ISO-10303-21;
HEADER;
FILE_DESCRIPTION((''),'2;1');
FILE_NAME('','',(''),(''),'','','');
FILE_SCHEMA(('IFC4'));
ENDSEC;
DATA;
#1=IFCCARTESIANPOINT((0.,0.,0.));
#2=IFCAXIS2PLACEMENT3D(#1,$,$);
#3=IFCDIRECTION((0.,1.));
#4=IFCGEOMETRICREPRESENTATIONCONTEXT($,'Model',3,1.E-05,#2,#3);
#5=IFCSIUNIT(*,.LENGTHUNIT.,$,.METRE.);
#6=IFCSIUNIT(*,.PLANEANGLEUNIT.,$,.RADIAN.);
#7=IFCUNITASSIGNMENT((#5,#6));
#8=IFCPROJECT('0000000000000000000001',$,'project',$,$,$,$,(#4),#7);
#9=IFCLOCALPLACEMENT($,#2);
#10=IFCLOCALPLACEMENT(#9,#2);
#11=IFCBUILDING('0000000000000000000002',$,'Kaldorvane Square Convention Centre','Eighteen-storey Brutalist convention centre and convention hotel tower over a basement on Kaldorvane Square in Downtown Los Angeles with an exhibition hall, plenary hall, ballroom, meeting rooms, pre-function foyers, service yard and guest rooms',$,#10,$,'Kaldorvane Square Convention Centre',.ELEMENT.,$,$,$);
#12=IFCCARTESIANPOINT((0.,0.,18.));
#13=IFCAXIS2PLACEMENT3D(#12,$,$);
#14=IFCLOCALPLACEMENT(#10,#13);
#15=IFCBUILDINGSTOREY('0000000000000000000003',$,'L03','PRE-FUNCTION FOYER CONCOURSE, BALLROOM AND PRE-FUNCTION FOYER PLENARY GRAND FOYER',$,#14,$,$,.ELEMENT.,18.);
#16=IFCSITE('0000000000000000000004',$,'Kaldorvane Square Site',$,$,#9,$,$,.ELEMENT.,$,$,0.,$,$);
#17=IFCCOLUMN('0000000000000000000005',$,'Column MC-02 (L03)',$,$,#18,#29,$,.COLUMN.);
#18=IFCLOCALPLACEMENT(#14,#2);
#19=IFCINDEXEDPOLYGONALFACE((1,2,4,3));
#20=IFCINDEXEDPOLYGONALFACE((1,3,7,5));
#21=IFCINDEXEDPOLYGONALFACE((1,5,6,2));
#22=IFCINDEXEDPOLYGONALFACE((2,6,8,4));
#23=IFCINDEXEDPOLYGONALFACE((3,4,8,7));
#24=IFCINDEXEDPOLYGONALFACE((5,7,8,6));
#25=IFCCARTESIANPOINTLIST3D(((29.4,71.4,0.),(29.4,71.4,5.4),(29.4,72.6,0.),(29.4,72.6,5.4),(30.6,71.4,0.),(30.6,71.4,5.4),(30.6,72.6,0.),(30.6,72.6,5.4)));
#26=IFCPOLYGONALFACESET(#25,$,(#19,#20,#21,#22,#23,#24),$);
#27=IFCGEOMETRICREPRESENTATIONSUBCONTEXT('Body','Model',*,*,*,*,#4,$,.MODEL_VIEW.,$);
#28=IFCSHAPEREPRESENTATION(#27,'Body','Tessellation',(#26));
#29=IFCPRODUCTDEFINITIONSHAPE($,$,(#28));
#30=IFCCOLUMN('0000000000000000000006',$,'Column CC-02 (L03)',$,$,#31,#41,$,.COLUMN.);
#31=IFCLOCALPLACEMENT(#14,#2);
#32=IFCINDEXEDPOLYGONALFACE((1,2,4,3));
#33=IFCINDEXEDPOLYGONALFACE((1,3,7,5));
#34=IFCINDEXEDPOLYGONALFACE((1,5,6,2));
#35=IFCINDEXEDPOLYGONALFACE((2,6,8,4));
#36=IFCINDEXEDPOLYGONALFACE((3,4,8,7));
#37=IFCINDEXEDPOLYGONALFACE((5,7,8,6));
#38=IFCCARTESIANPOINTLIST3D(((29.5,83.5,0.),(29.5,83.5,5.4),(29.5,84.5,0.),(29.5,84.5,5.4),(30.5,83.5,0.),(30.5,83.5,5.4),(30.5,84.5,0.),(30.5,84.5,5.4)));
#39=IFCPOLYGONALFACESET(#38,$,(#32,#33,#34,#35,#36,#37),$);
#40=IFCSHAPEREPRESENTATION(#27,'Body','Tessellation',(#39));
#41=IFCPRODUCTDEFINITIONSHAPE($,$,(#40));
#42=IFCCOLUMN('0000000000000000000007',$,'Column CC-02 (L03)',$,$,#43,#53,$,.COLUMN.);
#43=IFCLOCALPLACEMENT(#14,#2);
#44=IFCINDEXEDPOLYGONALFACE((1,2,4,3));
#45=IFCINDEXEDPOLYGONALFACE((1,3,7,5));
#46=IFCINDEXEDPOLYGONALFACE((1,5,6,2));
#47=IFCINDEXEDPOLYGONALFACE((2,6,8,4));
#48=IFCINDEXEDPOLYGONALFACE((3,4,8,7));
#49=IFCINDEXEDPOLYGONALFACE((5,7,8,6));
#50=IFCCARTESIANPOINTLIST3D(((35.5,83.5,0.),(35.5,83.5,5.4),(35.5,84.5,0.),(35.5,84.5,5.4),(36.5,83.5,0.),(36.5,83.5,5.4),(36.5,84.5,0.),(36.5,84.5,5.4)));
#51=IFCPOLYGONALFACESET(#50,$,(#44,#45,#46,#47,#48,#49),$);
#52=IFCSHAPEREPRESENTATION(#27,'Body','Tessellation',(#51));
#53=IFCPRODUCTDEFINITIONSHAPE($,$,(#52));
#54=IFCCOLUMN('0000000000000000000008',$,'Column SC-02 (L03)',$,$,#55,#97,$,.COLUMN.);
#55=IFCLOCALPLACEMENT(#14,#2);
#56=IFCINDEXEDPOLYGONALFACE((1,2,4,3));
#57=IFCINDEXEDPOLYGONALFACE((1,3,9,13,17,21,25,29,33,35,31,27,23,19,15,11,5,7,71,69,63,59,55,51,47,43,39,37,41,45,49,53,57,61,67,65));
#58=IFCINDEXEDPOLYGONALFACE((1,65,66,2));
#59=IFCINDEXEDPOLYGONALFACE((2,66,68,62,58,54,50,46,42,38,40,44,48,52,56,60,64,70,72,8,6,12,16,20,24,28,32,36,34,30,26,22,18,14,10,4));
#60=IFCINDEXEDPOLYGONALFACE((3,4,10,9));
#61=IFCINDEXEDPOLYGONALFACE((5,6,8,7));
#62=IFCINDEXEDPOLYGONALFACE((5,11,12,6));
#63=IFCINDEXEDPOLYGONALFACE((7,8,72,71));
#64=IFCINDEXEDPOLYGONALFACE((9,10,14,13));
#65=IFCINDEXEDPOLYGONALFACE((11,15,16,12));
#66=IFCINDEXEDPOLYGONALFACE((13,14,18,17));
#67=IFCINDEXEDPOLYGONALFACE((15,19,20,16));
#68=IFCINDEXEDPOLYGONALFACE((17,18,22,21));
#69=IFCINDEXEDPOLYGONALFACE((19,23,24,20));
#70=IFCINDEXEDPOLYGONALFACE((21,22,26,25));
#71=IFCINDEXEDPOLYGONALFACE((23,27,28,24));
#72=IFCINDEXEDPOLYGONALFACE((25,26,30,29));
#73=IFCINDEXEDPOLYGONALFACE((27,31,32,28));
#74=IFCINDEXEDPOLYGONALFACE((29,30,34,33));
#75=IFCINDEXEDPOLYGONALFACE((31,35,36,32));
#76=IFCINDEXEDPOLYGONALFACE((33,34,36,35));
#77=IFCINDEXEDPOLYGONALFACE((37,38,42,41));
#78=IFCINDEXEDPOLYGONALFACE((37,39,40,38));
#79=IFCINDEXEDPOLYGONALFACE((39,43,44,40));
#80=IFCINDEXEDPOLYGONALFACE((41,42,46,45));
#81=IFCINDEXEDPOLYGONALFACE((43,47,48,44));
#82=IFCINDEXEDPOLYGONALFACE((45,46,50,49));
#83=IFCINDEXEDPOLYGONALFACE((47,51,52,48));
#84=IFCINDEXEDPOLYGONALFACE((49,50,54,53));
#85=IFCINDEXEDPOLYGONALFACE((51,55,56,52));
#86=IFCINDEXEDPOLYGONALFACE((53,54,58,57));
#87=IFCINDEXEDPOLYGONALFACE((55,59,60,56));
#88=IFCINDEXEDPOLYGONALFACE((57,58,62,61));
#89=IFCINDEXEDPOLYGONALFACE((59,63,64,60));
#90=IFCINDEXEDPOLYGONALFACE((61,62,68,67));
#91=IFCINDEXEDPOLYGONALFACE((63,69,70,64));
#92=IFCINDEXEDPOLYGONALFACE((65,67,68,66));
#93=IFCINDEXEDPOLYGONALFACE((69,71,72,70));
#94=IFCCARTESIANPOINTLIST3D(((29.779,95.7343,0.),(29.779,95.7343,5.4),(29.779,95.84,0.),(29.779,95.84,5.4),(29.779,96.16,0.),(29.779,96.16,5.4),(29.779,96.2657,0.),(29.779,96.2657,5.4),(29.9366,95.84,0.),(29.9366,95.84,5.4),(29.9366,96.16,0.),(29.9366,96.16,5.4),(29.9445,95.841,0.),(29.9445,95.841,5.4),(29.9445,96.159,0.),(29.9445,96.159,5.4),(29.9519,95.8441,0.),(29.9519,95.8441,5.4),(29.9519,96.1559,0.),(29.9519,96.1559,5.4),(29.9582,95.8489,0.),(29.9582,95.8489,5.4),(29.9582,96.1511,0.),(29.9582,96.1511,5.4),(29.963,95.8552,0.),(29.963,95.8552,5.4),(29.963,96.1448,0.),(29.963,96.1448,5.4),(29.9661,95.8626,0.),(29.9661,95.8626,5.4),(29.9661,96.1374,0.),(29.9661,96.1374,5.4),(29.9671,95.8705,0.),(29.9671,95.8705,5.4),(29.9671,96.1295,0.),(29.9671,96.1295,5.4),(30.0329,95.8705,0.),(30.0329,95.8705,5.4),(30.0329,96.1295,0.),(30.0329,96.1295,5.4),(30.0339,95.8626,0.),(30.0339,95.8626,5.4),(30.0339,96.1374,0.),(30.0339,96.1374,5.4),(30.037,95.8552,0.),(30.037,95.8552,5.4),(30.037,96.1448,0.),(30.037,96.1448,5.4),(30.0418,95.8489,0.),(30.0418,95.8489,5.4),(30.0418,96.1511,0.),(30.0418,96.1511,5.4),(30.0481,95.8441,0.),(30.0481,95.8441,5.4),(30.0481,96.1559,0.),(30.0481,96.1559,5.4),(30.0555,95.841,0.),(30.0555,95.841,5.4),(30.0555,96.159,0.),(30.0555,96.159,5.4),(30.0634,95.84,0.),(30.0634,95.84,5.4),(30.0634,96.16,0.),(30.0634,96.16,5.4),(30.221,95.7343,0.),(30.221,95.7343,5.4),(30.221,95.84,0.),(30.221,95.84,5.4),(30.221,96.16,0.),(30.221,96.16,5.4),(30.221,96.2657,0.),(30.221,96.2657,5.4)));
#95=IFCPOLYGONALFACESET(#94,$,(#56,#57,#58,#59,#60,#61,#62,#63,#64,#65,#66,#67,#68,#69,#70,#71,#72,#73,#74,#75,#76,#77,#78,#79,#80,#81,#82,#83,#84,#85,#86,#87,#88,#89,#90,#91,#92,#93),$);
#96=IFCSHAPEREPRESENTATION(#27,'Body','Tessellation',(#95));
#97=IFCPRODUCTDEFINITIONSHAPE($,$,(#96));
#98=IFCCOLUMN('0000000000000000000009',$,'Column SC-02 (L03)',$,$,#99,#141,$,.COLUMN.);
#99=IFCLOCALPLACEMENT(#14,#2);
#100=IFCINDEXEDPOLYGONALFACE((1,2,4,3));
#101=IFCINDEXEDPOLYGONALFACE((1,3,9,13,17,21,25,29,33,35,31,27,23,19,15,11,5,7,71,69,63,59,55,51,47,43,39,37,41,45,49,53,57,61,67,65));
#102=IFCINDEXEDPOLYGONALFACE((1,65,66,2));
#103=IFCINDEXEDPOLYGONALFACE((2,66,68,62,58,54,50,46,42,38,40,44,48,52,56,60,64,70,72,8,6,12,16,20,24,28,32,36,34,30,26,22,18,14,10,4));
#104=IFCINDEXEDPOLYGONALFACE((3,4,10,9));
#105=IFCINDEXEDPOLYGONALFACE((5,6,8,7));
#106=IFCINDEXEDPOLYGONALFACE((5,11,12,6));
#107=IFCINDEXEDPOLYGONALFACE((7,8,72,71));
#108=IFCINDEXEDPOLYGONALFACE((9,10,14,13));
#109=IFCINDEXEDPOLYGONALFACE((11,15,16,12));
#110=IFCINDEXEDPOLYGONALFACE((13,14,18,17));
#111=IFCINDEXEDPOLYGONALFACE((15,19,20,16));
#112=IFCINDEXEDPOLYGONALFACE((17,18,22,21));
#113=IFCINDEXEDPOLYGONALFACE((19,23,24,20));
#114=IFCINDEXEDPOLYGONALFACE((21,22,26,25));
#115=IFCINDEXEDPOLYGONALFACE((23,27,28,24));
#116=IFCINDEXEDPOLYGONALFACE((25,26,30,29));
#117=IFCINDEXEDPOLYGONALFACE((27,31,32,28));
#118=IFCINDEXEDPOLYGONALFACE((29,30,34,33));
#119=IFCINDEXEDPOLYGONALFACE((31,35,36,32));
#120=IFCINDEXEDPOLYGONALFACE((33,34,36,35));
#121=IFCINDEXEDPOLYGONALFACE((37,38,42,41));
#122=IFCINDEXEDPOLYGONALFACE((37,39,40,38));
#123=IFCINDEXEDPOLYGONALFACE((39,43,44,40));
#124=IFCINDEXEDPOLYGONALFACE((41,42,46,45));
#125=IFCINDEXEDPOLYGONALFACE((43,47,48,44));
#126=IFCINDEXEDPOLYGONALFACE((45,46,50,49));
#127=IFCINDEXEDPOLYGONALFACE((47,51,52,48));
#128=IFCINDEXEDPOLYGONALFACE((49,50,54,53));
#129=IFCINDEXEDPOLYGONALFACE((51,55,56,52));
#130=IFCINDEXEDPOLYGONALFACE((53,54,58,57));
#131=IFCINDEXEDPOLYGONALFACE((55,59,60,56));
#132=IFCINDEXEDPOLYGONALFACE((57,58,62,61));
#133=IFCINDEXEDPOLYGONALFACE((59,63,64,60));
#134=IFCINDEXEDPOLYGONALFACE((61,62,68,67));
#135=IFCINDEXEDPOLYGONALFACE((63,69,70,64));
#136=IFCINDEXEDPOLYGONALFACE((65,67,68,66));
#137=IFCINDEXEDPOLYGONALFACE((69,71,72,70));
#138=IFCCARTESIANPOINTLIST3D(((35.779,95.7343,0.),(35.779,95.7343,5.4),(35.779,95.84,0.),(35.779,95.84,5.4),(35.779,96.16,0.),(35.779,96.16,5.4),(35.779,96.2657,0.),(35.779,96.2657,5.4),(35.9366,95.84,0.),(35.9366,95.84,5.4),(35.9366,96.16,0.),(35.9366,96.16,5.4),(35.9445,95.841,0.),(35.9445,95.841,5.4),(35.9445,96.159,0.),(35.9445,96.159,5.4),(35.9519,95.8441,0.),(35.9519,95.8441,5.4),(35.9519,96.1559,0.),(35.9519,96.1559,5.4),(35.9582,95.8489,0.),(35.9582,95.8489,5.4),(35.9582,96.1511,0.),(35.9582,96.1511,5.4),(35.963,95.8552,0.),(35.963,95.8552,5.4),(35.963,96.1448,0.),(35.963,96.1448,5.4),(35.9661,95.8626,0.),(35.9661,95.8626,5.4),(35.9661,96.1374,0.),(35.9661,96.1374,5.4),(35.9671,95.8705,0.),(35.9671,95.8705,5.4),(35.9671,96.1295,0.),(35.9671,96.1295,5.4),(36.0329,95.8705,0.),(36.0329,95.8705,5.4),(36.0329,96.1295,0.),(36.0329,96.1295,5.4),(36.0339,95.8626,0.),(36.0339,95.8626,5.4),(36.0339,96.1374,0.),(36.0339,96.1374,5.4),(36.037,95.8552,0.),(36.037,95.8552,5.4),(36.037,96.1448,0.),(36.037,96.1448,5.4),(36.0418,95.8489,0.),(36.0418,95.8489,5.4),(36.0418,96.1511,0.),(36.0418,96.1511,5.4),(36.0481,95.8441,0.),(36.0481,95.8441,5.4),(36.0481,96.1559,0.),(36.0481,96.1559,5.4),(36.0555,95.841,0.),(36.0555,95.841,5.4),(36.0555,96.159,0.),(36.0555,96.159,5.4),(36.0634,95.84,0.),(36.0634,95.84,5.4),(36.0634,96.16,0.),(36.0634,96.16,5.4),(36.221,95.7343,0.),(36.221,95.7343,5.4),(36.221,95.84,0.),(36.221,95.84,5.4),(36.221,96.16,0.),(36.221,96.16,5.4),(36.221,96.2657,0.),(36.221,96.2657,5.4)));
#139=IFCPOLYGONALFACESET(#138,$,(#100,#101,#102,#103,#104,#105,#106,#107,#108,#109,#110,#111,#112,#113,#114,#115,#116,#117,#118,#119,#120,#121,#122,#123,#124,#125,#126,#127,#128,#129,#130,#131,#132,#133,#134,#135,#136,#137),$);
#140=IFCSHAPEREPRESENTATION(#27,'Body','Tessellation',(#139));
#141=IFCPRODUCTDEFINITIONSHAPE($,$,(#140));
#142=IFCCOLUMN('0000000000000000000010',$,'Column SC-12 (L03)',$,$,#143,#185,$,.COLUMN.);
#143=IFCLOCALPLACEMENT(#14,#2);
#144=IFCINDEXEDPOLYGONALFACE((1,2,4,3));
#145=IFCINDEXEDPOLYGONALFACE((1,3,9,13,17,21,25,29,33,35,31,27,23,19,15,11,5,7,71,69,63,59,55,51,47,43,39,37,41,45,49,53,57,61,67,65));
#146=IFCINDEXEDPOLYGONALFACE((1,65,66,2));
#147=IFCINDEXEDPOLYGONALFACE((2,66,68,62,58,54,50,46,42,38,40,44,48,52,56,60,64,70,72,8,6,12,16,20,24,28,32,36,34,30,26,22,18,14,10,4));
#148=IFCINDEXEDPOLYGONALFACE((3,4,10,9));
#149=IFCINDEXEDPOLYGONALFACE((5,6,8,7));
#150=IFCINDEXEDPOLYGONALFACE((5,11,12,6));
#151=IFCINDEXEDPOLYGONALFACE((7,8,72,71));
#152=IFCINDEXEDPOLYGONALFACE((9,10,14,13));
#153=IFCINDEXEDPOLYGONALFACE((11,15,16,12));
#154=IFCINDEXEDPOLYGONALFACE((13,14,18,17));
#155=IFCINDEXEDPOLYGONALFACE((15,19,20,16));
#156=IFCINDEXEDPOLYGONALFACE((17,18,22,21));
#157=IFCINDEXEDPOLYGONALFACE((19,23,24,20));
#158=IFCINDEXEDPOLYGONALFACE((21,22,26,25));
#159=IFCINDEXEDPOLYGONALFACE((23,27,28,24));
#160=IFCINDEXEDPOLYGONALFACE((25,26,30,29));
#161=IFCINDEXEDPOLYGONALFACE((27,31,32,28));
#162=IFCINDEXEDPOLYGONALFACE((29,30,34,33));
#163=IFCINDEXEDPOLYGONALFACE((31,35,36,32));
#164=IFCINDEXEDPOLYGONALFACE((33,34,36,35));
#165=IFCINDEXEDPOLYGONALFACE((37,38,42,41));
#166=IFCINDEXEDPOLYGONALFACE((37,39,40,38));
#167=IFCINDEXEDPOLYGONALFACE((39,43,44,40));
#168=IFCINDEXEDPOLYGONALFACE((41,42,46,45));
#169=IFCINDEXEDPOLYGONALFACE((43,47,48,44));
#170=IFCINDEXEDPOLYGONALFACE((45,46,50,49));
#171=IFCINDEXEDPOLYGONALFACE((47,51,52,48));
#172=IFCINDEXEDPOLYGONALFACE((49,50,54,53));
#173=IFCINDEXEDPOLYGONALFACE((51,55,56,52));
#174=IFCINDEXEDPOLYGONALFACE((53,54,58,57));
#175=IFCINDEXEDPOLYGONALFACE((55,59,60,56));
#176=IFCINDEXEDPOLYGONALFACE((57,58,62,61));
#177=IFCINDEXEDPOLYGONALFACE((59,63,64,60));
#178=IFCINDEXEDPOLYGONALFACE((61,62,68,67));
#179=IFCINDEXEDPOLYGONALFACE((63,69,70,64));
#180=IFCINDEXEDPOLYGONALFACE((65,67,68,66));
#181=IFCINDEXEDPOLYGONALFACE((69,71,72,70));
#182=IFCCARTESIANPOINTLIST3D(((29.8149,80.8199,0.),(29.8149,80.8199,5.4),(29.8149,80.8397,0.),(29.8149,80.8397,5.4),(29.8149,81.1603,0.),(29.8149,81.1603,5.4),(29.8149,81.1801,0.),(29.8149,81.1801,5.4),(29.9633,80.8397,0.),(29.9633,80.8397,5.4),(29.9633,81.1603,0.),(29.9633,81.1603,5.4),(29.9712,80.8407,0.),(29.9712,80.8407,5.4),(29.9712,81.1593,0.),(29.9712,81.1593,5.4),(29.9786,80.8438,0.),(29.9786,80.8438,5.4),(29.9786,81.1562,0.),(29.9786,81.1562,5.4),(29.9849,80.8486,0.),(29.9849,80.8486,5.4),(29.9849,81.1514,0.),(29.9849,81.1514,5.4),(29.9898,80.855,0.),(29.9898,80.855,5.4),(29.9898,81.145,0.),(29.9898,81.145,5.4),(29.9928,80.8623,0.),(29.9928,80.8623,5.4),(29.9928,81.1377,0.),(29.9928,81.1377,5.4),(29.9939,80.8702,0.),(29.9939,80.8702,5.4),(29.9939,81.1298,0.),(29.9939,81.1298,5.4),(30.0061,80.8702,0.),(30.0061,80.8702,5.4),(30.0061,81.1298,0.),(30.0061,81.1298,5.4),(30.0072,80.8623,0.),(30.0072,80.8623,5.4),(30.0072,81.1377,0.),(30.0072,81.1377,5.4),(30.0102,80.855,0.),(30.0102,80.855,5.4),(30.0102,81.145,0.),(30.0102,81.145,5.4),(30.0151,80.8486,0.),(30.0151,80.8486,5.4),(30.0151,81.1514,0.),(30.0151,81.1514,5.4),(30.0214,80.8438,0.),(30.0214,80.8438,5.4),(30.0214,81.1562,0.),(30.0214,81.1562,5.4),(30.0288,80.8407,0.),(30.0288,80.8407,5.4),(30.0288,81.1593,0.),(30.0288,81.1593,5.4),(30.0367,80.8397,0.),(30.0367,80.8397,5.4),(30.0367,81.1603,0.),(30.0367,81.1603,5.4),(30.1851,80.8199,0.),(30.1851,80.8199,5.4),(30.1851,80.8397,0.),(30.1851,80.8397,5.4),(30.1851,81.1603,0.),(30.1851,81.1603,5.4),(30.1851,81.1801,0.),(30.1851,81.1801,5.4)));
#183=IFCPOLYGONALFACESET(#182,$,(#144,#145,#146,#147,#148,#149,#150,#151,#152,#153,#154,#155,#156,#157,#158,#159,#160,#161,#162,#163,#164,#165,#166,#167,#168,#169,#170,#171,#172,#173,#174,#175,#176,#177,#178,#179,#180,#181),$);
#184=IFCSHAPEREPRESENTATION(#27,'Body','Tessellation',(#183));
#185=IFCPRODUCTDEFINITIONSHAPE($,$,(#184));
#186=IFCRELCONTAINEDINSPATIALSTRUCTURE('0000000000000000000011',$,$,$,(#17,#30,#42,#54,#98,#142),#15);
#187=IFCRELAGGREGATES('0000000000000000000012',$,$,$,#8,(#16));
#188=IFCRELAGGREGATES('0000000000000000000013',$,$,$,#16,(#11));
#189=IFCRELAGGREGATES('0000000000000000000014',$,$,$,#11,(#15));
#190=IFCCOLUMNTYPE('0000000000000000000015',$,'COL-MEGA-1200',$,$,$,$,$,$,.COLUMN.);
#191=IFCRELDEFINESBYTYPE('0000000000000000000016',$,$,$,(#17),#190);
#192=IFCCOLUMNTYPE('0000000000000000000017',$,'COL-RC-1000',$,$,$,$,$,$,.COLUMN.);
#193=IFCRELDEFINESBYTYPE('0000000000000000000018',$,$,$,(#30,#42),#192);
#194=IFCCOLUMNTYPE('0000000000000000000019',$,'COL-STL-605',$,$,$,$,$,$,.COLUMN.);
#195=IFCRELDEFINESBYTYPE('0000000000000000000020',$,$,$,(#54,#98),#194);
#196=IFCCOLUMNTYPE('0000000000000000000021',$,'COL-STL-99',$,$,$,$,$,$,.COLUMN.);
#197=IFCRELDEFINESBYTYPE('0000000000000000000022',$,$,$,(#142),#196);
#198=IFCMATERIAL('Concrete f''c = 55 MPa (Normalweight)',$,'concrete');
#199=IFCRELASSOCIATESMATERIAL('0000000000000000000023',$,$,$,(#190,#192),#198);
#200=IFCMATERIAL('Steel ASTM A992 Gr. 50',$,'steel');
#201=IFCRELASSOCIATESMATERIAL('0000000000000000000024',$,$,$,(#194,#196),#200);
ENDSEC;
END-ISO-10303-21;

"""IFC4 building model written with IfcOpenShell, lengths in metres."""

from ifc_helpers import new_model, si_unit, direction, frame, origin, origin_2d, place, context, subcontext, project, spatial, rectangle, i_section, extrude, material, material_profile, profile_set, type_object, element, save


model = new_model("IFC4")

# Units and contexts
model_context = context("Model", 3, precision=1e-05, world=origin(), true_north=direction((0.0, 1.0)))
body_context = subcontext(model_context, "Body", "Model", "MODEL_VIEW")
ifc_project = project(units=[si_unit("LENGTHUNIT", "METRE"), si_unit("PLANEANGLEUNIT", "RADIAN")], contexts=[model_context])

# Site, building, storey
site_placement = place(None, origin())
site = spatial("IfcSite", under=ifc_project, at=site_placement, Name="Kaldorvane Square Site", CompositionType="ELEMENT", RefElevation=0.0)
building_placement = place(site_placement, origin())
building = spatial("IfcBuilding", under=site, at=building_placement, Name="Kaldorvane Square Convention Centre", Description="Eighteen-storey Brutalist convention centre and convention hotel tower over a basement on Kaldorvane Square in Downtown Los Angeles with an exhibition hall, plenary hall, ballroom, meeting rooms, pre-function foyers, service yard and guest rooms", LongName="Kaldorvane Square Convention Centre", CompositionType="ELEMENT")
storey_placement = place(building_placement, frame((0.0, 0.0, 18.0)))
storey = spatial("IfcBuildingStorey", under=building, at=storey_placement, Name="L03", Description="PRE-FUNCTION FOYER CONCOURSE, BALLROOM AND PRE-FUNCTION FOYER PLENARY GRAND FOYER", CompositionType="ELEMENT", Elevation=18.0)

# Columns
ifc_material_1 = material(Name="Concrete f'c = 55 MPa (Normalweight)", Category="concrete")
ifc_material_profile_1 = material_profile(ifc_material_1, rectangle(XDim=1.2, YDim=1.2, at=origin_2d()), Name="RC1200X1200")
ifc_profile_set_1 = profile_set([ifc_material_profile_1], Name="Concrete f'c = 55 MPa (Normalweight)")
column_type_1 = type_object("IfcColumnType", Name="COL-MEGA-1200", PredefinedType="COLUMN", material=ifc_profile_set_1)
column_1_placement = place(storey_placement, frame((30.0, 72.0, 0.0), z_axis=(0.0, 0.0, 1.0), x_axis=(1.0, 0.0, 0.0)))
element("IfcColumn", 1, at=column_1_placement, inside=storey, type_object=column_type_1, Name="Column MC-02 (L03)", PredefinedType="COLUMN", context=body_context, shape_type="SweptSolid", body=[
    extrude(rectangle(XDim=1.2, YDim=1.2, at=origin_2d()), origin(), (0.0, 0.0, 1.0), 5.4),
])
ifc_material_profile_2 = material_profile(ifc_material_1, rectangle(XDim=1.0, YDim=1.0, at=origin_2d()), Name="RC1000X1000")
ifc_profile_set_2 = profile_set([ifc_material_profile_2], Name="Concrete f'c = 55 MPa (Normalweight)")
column_type_2 = type_object("IfcColumnType", Name="COL-RC-1000", PredefinedType="COLUMN", material=ifc_profile_set_2)
for number, where, z_axis, x_axis, name in (
    (2, (30.0, 84.0, 0.0), (0.0, 0.0, 1.0), (1.0, 0.0, 0.0), "Column CC-02 (L03)"),
    (3, (36.0, 84.0, 0.0), (0.0, 0.0, 1.0), (1.0, 0.0, 0.0), "Column CC-02 (L03)"),
):
    element("IfcColumn", number, at=place(storey_placement, frame(where, z_axis=z_axis, x_axis=x_axis)), inside=storey, type_object=column_type_2, Name=name, PredefinedType="COLUMN", context=body_context, shape_type="SweptSolid", body=[
        extrude(rectangle(XDim=1.0, YDim=1.0, at=origin_2d()), origin(), (0.0, 0.0, 1.0), 5.4),
    ])
ifc_material_2 = material(Name="Steel ASTM A992 Gr. 50", Category="steel")
ifc_material_profile_3 = material_profile(ifc_material_2, i_section(OverallWidth=0.442, OverallDepth=0.5314, WebThickness=0.0658, FlangeThickness=0.1057, FilletRadius=0.0305, at=origin_2d()), Name="W14X605")
ifc_profile_set_3 = profile_set([ifc_material_profile_3], Name="Steel ASTM A992 Gr. 50")
column_type_3 = type_object("IfcColumnType", Name="COL-STL-605", PredefinedType="COLUMN", material=ifc_profile_set_3)
for number, where, z_axis, x_axis, name in (
    (4, (30.0, 96.0, 0.0), (0.0, 0.0, 1.0), (1.0, 0.0, 0.0), "Column SC-02 (L03)"),
    (5, (36.0, 96.0, 0.0), (0.0, 0.0, 1.0), (1.0, 0.0, 0.0), "Column SC-02 (L03)"),
):
    element("IfcColumn", number, at=place(storey_placement, frame(where, z_axis=z_axis, x_axis=x_axis)), inside=storey, type_object=column_type_3, Name=name, PredefinedType="COLUMN", context=body_context, shape_type="SweptSolid", body=[
        extrude(i_section(OverallWidth=0.442, OverallDepth=0.5314, WebThickness=0.0658, FlangeThickness=0.1057, FilletRadius=0.0305, at=origin_2d()), origin(), (0.0, 0.0, 1.0), 5.4),
    ])
ifc_material_profile_4 = material_profile(ifc_material_2, i_section(OverallWidth=0.3701, OverallDepth=0.3602, WebThickness=0.0123, FlangeThickness=0.0198, FilletRadius=0.0305, at=origin_2d()), Name="W14X99")
ifc_profile_set_4 = profile_set([ifc_material_profile_4], Name="Steel ASTM A992 Gr. 50")
column_type_4 = type_object("IfcColumnType", Name="COL-STL-99", PredefinedType="COLUMN", material=ifc_profile_set_4)
column_2_placement = place(storey_placement, frame((30.0, 81.0, 0.0), z_axis=(0.0, 0.0, 1.0), x_axis=(1.0, 0.0, 0.0)))
element("IfcColumn", 6, at=column_2_placement, inside=storey, type_object=column_type_4, Name="Column SC-12 (L03)", PredefinedType="COLUMN", context=body_context, shape_type="SweptSolid", body=[
    extrude(i_section(OverallWidth=0.3701, OverallDepth=0.3602, WebThickness=0.0123, FlangeThickness=0.0198, FilletRadius=0.0305, at=origin_2d()), origin(), (0.0, 0.0, 1.0), 5.4),
])

save(model, "model.ifc")
